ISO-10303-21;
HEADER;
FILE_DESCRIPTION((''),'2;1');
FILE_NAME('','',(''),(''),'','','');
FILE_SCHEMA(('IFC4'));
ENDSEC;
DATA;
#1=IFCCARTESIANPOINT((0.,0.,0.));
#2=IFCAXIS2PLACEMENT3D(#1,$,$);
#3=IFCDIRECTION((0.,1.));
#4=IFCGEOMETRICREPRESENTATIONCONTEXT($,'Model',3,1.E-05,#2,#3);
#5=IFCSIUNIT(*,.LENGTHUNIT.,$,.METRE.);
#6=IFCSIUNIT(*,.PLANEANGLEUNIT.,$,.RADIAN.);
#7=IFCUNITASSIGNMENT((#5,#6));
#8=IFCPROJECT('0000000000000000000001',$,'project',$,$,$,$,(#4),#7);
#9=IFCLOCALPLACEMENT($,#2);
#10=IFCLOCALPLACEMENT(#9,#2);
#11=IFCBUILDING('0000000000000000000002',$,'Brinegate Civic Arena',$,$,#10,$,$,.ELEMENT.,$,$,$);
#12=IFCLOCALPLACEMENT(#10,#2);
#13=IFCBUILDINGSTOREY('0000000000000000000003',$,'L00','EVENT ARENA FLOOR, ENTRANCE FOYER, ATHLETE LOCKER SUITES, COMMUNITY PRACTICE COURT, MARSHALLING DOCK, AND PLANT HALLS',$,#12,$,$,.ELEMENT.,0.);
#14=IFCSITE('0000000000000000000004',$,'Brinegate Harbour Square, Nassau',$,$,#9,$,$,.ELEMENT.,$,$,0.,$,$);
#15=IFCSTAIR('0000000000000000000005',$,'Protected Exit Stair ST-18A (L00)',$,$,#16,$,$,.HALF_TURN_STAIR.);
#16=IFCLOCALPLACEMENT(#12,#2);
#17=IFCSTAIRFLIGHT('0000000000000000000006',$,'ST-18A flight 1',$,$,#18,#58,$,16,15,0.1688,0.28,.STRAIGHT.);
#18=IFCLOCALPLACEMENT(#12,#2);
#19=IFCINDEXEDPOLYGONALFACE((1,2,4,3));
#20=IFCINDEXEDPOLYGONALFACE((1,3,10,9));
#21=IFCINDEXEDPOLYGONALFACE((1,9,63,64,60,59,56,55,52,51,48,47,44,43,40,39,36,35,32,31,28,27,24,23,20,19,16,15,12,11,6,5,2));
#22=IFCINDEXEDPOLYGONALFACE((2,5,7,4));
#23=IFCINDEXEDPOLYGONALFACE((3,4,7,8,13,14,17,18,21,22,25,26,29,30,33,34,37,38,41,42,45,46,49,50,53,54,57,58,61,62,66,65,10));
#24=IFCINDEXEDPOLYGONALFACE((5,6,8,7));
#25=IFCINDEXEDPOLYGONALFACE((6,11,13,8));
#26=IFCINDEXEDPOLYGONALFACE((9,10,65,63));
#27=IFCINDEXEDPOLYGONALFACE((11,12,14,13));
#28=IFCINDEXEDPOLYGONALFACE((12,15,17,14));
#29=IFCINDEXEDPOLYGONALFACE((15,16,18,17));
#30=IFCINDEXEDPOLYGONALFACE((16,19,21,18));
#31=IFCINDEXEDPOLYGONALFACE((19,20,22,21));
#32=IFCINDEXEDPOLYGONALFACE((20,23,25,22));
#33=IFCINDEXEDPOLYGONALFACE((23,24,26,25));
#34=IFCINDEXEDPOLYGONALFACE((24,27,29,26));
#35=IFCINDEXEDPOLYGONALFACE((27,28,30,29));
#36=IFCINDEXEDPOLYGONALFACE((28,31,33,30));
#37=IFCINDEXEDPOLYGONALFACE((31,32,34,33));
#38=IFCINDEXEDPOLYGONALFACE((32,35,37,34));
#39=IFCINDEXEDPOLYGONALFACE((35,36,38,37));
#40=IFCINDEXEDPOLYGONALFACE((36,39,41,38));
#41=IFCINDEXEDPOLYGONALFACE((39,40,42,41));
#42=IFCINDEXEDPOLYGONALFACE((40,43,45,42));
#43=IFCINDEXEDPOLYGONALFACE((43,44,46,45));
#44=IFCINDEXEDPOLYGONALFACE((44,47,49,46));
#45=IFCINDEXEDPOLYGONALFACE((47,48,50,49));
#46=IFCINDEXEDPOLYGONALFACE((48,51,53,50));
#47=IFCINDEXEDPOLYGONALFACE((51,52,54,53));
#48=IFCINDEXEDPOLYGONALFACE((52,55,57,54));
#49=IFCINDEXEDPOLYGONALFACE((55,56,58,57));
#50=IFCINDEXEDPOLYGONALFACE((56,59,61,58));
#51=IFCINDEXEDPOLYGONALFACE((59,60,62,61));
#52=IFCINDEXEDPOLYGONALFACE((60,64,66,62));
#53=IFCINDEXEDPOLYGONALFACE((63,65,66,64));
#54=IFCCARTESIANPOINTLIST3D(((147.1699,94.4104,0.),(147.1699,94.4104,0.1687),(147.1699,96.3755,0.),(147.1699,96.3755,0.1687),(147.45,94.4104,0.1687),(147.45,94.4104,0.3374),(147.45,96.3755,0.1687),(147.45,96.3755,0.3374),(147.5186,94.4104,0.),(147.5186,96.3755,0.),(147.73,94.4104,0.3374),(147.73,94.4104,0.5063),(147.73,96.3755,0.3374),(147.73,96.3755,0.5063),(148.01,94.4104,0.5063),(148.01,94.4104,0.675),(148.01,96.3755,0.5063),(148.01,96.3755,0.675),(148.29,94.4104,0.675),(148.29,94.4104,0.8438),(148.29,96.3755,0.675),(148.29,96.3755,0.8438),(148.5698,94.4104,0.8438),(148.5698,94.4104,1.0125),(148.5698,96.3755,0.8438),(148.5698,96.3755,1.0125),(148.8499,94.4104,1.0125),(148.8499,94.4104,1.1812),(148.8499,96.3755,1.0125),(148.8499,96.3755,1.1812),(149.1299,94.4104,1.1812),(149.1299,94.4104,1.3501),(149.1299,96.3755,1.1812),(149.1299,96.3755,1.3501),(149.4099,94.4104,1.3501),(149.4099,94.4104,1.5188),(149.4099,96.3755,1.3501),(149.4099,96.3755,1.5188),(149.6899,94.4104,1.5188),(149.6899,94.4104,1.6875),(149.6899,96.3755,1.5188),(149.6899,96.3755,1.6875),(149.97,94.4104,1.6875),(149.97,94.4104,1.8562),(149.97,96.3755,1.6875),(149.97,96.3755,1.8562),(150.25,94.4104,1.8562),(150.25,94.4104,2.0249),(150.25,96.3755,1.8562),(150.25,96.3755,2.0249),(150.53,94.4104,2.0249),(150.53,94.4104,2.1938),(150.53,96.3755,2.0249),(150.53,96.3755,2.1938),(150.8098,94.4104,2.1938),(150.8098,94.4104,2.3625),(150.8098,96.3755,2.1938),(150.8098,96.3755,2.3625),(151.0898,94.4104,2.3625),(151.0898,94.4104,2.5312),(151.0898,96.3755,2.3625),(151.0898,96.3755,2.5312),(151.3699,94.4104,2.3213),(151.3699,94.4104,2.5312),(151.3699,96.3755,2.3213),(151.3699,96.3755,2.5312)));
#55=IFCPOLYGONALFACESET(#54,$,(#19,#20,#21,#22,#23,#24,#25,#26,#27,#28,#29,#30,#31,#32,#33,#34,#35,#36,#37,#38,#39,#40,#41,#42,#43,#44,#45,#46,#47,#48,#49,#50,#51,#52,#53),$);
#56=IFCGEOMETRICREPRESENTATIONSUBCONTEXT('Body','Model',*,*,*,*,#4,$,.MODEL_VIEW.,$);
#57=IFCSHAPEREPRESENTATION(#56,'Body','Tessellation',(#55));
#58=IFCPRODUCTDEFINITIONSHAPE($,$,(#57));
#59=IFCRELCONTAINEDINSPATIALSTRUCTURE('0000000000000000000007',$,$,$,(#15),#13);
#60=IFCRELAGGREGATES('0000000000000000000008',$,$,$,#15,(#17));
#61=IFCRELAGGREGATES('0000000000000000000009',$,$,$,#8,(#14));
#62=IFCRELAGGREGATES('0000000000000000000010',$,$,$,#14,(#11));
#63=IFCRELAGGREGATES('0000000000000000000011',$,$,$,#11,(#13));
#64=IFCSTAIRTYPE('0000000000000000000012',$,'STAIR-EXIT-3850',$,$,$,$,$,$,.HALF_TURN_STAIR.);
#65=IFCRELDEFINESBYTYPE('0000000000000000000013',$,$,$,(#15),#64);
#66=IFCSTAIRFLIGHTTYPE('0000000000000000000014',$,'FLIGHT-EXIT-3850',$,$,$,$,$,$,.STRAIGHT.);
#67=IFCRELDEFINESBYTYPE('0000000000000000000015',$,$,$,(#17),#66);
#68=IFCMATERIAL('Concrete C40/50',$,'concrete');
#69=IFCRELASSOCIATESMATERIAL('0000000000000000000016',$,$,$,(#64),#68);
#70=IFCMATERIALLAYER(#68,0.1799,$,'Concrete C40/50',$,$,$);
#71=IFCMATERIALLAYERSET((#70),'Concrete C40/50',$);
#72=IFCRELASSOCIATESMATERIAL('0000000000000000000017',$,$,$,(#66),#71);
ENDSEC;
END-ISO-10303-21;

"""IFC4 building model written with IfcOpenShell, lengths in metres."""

from ifc_helpers import new_model, si_unit, direction, frame, origin, place, context, subcontext, project, spatial, polyline, outline, extrude, material, layer, layer_set, type_object, element, aggregate, save


model = new_model("IFC4")

# Units and contexts
model_context = context("Model", 3, precision=1e-05, world=origin(), true_north=direction((0.0, 1.0)))
body_context = subcontext(model_context, "Body", "Model", "MODEL_VIEW")
ifc_project = project(units=[si_unit("LENGTHUNIT", "METRE"), si_unit("PLANEANGLEUNIT", "RADIAN")], contexts=[model_context])

# Site, building, storey
site_placement = place(None, origin())
site = spatial("IfcSite", under=ifc_project, at=site_placement, Name="Brinegate Harbour Square, Nassau", CompositionType="ELEMENT", RefElevation=0.0)
building_placement = place(site_placement, origin())
building = spatial("IfcBuilding", under=site, at=building_placement, Name="Brinegate Civic Arena", CompositionType="ELEMENT")
storey_placement = place(building_placement, origin())
storey = spatial("IfcBuildingStorey", under=building, at=storey_placement, Name="L00", Description="EVENT ARENA FLOOR, ENTRANCE FOYER, ATHLETE LOCKER SUITES, COMMUNITY PRACTICE COURT, MARSHALLING DOCK, AND PLANT HALLS", CompositionType="ELEMENT", Elevation=0.0)

# Shared definitions
ifc_material_1 = material(Name="Concrete C40/50", Category="concrete")

# Stair, stair flight
stair_type = type_object("IfcStairType", Name="STAIR-EXIT-3850", PredefinedType="HALF_TURN_STAIR", material=ifc_material_1)
stair_placement = place(storey_placement, origin())
stair = element("IfcStair", 1, at=stair_placement, inside=storey, type_object=stair_type, Name="Protected Exit Stair ST-18A (L00)", PredefinedType="HALF_TURN_STAIR")
ifc_layer_1 = layer(ifc_material_1, 0.1799, Name="Concrete C40/50")
ifc_layer_set_1 = layer_set([ifc_layer_1], Name="Concrete C40/50")
stair_flight_type = type_object("IfcStairFlightType", Name="FLIGHT-EXIT-3850", PredefinedType="STRAIGHT", material=ifc_layer_set_1)
stair_flight_placement = place(storey_placement, frame((147.1699, 95.3931, 0.0), z_axis=(0.0, 0.0, 1.0), x_axis=(1.0, 0.0, 0.0)))
stair_flight = element("IfcStairFlight", 2, at=stair_flight_placement, type_object=stair_flight_type, Name="ST-18A flight 1", NumberOfRisers=16, NumberOfTreads=15, PredefinedType="STRAIGHT", RiserHeight=0.1688, TreadLength=0.28, context=body_context, shape_type="SweptSolid", body=[
    extrude(outline(polyline([(0.0, 0.0), (0.0, 0.1687), (0.28, 0.1687), (0.28, 0.3374), (0.5601, 0.3374), (0.5601, 0.5063), (0.8401, 0.5063), (0.8401, 0.675), (1.1201, 0.675), (1.1201, 0.8438), (1.3999, 0.8438), (1.3999, 1.0125), (1.6799, 1.0125), (1.6799, 1.1812), (1.96, 1.1812), (1.96, 1.3501), (2.24, 1.3501), (2.24, 1.5188), (2.52, 1.5188), (2.52, 1.6875), (2.8, 1.6875), (2.8, 1.8562), (3.0801, 1.8562), (3.0801, 2.0249), (3.3601, 2.0249), (3.3601, 2.1938), (3.6399, 2.1938), (3.6399, 2.3625), (3.9199, 2.3625), (3.9199, 2.5312), (4.2, 2.5312), (4.2, 2.7), (4.2, 2.3213), (0.3486, 0.0), (0.0, 0.0)])), frame((0.0, 0.9824, 0.0), z_axis=(0.0, -1.0, 0.0), x_axis=(1.0, 0.0, 0.0)), (0.0, 0.0, 1.0), 1.9651),
])
aggregate(stair, [stair_flight])

save(model, "model.ifc")
